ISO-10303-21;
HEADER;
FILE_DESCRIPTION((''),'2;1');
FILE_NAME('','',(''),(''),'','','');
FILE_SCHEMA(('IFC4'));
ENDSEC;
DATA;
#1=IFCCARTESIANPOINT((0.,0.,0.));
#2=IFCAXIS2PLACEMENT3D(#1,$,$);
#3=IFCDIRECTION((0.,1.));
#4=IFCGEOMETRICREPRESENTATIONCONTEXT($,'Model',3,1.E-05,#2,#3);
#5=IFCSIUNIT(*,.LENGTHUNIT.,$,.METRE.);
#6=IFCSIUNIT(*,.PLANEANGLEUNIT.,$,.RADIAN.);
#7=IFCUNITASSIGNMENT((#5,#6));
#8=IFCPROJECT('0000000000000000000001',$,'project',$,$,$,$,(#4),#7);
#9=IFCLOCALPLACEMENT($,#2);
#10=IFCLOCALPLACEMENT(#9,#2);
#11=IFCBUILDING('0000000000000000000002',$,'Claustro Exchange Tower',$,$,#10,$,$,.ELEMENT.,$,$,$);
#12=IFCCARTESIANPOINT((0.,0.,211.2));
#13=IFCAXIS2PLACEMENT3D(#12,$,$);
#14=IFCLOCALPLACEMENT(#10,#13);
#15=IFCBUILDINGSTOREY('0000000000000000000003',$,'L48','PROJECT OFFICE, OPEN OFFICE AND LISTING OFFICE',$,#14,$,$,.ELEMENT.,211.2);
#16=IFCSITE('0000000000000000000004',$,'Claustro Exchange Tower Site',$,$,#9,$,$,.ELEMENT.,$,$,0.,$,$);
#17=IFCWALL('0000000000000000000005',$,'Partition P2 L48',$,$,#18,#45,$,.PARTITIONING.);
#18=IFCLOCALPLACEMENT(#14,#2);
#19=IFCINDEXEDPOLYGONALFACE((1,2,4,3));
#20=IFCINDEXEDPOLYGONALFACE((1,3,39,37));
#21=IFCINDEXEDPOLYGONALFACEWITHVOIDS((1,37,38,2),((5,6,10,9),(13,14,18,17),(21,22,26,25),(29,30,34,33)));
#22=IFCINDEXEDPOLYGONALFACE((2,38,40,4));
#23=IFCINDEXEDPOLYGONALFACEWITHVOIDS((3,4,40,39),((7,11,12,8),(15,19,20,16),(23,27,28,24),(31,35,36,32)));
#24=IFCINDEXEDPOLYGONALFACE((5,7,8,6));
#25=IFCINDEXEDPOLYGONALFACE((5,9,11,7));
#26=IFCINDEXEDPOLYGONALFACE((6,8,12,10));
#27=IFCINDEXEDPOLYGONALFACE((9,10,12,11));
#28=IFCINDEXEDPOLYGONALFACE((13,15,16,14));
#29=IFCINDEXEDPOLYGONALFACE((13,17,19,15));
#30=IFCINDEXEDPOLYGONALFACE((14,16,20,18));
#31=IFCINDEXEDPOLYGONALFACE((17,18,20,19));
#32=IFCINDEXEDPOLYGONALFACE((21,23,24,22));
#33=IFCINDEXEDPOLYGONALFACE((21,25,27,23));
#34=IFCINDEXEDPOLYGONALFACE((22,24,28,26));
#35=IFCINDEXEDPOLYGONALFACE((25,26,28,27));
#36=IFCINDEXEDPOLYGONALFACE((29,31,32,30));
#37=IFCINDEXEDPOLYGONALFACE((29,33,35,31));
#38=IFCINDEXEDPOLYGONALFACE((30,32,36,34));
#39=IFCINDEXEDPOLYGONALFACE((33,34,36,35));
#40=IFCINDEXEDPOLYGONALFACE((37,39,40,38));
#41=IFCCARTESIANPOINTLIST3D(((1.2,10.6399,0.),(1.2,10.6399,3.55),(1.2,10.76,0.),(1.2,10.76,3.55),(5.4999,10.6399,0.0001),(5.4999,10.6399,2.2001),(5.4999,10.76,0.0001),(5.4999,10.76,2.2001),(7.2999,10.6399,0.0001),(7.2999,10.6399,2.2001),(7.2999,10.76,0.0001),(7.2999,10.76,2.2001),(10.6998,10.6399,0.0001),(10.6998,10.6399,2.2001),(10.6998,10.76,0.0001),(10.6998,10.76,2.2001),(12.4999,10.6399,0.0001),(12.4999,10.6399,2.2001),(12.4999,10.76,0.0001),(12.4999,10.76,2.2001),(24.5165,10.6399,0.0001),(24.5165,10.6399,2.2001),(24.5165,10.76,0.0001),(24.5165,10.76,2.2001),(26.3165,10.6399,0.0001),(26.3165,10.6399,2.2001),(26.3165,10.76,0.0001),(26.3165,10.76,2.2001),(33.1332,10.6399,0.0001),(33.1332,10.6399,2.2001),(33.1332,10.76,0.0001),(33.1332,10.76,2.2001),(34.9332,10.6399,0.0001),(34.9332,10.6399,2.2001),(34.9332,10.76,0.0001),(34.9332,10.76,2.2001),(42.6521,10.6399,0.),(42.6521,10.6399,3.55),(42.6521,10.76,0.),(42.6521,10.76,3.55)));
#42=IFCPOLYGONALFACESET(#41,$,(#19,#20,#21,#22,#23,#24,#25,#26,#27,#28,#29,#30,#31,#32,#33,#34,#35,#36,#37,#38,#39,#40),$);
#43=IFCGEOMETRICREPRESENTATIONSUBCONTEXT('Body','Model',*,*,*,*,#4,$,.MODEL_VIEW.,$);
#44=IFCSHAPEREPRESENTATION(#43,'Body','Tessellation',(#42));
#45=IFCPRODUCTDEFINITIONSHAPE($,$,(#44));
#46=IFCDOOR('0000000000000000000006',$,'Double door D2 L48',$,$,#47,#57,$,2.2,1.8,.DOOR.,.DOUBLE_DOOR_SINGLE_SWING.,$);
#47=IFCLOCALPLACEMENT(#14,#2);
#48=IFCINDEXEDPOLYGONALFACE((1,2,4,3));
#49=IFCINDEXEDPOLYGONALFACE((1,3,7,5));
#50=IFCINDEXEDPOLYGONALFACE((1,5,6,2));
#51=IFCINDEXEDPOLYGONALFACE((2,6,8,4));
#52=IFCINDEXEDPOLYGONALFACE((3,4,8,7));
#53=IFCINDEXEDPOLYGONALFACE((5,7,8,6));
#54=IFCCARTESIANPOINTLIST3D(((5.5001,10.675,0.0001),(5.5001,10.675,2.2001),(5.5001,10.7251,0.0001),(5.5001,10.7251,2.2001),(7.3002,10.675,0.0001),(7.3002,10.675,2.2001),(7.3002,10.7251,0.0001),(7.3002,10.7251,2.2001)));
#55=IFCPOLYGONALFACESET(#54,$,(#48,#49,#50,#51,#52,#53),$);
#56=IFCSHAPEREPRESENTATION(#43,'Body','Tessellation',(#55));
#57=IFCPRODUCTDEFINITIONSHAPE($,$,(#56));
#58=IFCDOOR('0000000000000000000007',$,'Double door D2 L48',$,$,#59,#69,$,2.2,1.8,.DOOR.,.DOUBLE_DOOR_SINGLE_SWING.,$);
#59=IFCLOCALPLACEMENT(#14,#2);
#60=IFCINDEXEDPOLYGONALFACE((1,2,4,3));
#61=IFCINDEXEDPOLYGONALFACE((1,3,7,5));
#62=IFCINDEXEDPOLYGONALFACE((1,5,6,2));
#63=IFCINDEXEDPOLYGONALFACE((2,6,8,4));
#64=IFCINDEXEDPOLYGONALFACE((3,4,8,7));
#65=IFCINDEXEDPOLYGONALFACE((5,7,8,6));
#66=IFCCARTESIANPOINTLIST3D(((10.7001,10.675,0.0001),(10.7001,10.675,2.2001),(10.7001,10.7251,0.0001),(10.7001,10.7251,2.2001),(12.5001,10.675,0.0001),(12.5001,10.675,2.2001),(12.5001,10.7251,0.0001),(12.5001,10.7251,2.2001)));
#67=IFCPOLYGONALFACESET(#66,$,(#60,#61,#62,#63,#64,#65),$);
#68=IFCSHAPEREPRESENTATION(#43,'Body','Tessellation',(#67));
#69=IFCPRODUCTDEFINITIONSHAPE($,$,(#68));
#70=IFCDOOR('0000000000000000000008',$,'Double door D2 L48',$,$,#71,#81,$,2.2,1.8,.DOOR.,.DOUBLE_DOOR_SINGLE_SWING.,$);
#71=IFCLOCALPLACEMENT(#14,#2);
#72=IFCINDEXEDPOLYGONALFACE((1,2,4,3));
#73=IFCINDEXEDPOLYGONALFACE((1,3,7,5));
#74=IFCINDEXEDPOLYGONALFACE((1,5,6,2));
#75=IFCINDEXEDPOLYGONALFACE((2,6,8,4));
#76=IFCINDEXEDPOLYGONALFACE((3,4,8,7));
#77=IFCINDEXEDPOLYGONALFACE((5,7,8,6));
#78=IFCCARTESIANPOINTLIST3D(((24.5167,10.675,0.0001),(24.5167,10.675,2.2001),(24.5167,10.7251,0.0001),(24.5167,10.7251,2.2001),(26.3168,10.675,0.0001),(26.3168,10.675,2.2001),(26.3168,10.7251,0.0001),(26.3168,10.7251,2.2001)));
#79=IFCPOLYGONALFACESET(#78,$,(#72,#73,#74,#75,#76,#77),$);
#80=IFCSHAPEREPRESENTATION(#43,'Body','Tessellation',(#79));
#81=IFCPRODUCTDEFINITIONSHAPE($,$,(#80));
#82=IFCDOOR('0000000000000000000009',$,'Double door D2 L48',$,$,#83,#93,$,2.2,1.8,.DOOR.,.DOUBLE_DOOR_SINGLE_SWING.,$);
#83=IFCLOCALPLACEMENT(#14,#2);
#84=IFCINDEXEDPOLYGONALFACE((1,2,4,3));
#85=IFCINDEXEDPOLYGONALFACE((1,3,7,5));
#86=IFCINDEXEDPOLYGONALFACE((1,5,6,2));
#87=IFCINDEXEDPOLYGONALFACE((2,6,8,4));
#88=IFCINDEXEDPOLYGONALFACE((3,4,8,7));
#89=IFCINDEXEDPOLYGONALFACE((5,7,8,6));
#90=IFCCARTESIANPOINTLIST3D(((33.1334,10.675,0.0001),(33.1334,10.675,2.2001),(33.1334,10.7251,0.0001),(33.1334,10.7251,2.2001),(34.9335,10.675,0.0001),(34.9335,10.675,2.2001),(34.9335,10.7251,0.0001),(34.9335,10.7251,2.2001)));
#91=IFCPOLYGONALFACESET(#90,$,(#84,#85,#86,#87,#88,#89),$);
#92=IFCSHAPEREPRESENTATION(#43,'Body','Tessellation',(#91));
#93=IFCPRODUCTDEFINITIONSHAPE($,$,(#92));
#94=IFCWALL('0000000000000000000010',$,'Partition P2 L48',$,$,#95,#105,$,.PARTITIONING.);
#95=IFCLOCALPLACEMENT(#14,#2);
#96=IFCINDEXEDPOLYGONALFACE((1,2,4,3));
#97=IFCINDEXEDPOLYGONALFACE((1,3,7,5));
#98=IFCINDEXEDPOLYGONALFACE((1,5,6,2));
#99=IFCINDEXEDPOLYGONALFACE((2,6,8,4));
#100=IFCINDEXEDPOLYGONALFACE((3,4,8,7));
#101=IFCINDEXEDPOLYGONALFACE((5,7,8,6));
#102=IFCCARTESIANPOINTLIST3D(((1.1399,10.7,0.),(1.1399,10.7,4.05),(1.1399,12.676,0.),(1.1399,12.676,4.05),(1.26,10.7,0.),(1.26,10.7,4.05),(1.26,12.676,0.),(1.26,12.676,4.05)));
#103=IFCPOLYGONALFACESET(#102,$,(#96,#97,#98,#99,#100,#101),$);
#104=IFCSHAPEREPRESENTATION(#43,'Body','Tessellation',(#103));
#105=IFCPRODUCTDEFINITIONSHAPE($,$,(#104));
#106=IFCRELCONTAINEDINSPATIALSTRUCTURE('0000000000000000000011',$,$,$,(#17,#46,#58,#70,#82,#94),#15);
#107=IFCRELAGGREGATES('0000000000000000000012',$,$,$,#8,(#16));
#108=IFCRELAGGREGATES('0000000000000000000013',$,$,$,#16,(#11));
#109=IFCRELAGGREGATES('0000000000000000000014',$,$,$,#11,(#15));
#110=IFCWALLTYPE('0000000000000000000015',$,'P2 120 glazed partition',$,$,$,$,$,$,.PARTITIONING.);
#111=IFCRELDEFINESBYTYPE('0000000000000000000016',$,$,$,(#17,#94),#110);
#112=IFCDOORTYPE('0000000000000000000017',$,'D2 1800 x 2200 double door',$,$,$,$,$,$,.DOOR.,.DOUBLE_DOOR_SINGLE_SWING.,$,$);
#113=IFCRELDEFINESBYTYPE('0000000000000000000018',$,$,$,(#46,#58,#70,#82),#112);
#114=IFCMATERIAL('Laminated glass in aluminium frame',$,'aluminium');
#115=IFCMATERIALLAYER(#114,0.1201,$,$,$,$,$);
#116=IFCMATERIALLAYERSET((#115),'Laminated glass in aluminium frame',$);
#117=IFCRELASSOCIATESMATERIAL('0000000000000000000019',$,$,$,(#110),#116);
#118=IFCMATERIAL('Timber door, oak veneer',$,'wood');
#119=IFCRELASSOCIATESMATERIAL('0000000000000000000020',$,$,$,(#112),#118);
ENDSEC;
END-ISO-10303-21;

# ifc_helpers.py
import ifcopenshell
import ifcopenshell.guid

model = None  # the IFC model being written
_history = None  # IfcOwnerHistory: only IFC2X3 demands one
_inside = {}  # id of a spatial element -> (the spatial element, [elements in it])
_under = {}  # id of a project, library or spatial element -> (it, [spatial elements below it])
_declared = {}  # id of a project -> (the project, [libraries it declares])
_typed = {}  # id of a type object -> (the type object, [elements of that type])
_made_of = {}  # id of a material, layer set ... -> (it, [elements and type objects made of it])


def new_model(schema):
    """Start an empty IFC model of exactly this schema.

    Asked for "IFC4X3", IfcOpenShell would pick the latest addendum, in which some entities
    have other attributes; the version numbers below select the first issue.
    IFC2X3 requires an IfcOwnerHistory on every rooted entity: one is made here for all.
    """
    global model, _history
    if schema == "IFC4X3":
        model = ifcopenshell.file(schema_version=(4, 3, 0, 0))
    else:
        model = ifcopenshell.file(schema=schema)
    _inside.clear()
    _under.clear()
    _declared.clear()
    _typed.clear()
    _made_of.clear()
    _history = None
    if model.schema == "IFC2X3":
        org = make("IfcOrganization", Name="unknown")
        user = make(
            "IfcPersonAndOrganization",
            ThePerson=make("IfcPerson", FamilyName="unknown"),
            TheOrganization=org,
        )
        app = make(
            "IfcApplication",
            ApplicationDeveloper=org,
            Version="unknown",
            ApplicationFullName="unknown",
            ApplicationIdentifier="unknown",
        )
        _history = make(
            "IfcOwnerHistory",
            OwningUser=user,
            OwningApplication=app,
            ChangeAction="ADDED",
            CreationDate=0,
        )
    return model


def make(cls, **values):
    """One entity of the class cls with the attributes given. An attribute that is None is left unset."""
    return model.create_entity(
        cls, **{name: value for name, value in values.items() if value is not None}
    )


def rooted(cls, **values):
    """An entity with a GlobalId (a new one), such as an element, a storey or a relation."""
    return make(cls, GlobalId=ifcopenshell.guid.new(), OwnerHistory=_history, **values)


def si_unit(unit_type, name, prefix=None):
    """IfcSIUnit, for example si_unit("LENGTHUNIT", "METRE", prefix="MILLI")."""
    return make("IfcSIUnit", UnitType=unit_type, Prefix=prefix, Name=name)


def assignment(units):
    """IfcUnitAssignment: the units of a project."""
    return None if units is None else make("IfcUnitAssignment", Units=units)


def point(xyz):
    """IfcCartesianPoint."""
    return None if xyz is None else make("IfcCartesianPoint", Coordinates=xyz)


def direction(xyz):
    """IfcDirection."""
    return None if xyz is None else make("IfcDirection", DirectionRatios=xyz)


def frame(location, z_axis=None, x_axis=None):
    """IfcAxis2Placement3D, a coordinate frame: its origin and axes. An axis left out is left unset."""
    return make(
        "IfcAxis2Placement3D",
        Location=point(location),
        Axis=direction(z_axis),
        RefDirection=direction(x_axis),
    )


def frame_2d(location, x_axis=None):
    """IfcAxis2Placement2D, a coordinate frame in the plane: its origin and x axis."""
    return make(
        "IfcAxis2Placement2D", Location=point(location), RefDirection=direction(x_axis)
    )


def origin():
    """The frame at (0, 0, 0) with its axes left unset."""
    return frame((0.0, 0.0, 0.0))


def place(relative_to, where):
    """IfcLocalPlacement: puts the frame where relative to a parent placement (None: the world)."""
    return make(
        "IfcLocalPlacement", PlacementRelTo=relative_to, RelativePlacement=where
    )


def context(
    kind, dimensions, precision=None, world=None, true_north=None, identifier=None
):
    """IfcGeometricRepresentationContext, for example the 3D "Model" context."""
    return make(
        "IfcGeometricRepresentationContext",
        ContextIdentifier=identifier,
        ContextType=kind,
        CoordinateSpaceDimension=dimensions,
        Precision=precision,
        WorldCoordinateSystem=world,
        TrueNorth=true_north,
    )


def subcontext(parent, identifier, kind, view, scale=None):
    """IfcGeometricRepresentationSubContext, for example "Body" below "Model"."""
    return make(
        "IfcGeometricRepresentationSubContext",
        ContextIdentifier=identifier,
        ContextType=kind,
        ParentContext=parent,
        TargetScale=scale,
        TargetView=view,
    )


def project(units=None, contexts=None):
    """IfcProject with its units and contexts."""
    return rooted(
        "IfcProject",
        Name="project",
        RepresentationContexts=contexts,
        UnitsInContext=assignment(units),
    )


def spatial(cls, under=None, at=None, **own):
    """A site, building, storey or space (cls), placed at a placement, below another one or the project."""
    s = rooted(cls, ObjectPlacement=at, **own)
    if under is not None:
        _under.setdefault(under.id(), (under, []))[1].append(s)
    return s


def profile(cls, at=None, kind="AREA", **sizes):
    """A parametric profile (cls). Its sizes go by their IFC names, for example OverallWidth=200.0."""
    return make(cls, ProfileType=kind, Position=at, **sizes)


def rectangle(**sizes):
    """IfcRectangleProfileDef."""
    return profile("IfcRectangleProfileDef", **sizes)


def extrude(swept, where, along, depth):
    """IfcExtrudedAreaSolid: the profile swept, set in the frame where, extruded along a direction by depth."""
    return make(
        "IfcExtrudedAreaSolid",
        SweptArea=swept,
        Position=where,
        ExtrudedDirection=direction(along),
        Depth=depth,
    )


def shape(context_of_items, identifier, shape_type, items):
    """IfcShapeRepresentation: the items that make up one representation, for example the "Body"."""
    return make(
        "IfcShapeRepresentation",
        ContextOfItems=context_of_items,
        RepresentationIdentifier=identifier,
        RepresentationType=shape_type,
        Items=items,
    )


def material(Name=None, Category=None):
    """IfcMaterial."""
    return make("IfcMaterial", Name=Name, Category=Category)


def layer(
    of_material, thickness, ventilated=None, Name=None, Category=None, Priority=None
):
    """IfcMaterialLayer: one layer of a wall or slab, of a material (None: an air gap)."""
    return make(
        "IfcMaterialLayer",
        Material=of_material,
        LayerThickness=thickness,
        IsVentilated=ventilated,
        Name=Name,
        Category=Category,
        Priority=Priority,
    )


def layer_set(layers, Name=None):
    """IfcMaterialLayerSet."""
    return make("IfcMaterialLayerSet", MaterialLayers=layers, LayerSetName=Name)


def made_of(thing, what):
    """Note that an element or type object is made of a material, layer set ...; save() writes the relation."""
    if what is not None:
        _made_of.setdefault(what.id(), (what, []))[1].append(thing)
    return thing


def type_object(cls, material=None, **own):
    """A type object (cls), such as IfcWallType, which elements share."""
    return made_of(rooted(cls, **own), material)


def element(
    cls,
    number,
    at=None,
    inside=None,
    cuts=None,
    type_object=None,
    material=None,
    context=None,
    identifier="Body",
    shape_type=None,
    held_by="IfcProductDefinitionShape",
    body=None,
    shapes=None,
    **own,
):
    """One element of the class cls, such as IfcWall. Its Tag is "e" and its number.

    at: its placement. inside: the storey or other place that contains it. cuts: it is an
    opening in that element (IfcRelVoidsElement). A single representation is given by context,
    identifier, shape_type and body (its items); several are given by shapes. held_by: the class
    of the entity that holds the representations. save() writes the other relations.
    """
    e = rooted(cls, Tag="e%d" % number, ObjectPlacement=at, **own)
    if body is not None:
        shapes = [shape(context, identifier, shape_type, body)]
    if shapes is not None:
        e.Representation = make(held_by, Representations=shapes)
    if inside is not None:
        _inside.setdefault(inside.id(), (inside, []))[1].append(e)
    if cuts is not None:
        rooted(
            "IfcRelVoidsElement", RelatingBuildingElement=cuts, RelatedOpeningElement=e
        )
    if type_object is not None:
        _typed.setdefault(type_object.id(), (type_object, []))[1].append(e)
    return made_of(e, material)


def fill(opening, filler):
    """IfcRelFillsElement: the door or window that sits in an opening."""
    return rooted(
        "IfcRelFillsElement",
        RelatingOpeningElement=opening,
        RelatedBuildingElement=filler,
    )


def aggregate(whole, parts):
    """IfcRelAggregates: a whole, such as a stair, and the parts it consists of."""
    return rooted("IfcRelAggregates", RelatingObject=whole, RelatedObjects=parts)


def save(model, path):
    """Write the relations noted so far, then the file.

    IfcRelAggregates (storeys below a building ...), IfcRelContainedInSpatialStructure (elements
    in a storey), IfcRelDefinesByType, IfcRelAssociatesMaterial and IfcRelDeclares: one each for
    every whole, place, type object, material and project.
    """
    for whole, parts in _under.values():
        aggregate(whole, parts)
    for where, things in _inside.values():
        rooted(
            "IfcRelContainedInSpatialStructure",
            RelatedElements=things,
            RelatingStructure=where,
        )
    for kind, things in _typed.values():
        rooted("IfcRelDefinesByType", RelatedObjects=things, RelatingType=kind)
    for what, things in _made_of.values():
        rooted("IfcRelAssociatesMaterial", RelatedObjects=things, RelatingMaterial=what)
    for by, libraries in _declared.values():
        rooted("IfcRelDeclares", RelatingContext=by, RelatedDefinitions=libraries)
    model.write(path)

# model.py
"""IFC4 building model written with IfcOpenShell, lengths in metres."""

from ifc_helpers import new_model, si_unit, direction, frame, frame_2d, origin, place, context, subcontext, project, spatial, rectangle, extrude, material, layer, layer_set, type_object, element, fill, save


model = new_model("IFC4")

# Units and contexts
model_context = context("Model", 3, precision=1e-05, world=origin(), true_north=direction((0.0, 1.0)))
body_context = subcontext(model_context, "Body", "Model", "MODEL_VIEW")
ifc_project = project(units=[si_unit("LENGTHUNIT", "METRE"), si_unit("PLANEANGLEUNIT", "RADIAN")], contexts=[model_context])

# Site, building, storey
site_placement = place(None, origin())
site = spatial("IfcSite", under=ifc_project, at=site_placement, Name="Claustro Exchange Tower Site", CompositionType="ELEMENT", RefElevation=0.0)
building_placement = place(site_placement, origin())
building = spatial("IfcBuilding", under=site, at=building_placement, Name="Claustro Exchange Tower", CompositionType="ELEMENT")
storey_placement = place(building_placement, frame((0.0, 0.0, 211.2)))
storey = spatial("IfcBuildingStorey", under=building, at=storey_placement, Name="L48", Description="PROJECT OFFICE, OPEN OFFICE AND LISTING OFFICE", CompositionType="ELEMENT", Elevation=211.2)

# Wall, openings, doors
ifc_material_1 = material(Name="Laminated glass in aluminium frame", Category="aluminium")
ifc_layer_1 = layer(ifc_material_1, 0.1201)
ifc_layer_set_1 = layer_set([ifc_layer_1], Name="Laminated glass in aluminium frame")
wall_type_1 = type_object("IfcWallType", Name="P2 120 glazed partition", PredefinedType="PARTITIONING", material=ifc_layer_set_1)
wall_1_placement = place(storey_placement, frame((1.2, 10.7, 0.0), z_axis=(0.0, 0.0, 1.0), x_axis=(1.0, 0.0, 0.0)))
wall_1 = element("IfcWall", 1, at=wall_1_placement, inside=storey, type_object=wall_type_1, Name="Partition P2 L48", PredefinedType="PARTITIONING", context=body_context, shape_type="SweptSolid", body=[
    extrude(rectangle(XDim=41.4521, YDim=0.1201, at=frame_2d((20.7261, 0.0))), origin(), (0.0, 0.0, 1.0), 3.55),
])
opening_1_placement = place(wall_1_placement, frame((4.3, 0.0, 0.0)))
opening_1 = element("IfcOpeningElement", 2, at=opening_1_placement, cuts=wall_1, PredefinedType="OPENING", context=body_context, shape_type="SweptSolid", body=[
    extrude(rectangle(XDim=1.8, YDim=2.2, at=frame_2d((0.8999, 1.1001))), frame((0.0, 0.0701, 0.0), z_axis=(0.0, -1.0, 0.0), x_axis=(1.0, 0.0, 0.0)), (0.0, 0.0, 1.0), 0.1401),
])
opening_2_placement = place(wall_1_placement, frame((9.5, 0.0, 0.0)))
opening_2 = element("IfcOpeningElement", 3, at=opening_2_placement, cuts=wall_1, PredefinedType="OPENING", context=body_context, shape_type="SweptSolid", body=[
    extrude(rectangle(XDim=1.8, YDim=2.2, at=frame_2d((0.8999, 1.1001))), frame((0.0, 0.0701, 0.0), z_axis=(0.0, -1.0, 0.0), x_axis=(1.0, 0.0, 0.0)), (0.0, 0.0, 1.0), 0.1401),
])
opening_3_placement = place(wall_1_placement, frame((23.3167, 0.0, 0.0)))
opening_3 = element("IfcOpeningElement", 4, at=opening_3_placement, cuts=wall_1, PredefinedType="OPENING", context=body_context, shape_type="SweptSolid", body=[
    extrude(rectangle(XDim=1.8, YDim=2.2, at=frame_2d((0.8999, 1.1001))), frame((0.0, 0.0701, 0.0), z_axis=(0.0, -1.0, 0.0), x_axis=(1.0, 0.0, 0.0)), (0.0, 0.0, 1.0), 0.1401),
])
opening_4_placement = place(wall_1_placement, frame((31.9333, 0.0, 0.0)))
opening_4 = element("IfcOpeningElement", 5, at=opening_4_placement, cuts=wall_1, PredefinedType="OPENING", context=body_context, shape_type="SweptSolid", body=[
    extrude(rectangle(XDim=1.8, YDim=2.2, at=frame_2d((0.8999, 1.1001))), frame((0.0, 0.0701, 0.0), z_axis=(0.0, -1.0, 0.0), x_axis=(1.0, 0.0, 0.0)), (0.0, 0.0, 1.0), 0.1401),
])
ifc_material_2 = material(Name="Timber door, oak veneer", Category="wood")
door_type_1 = type_object("IfcDoorType", Name="D2 1800 x 2200 double door", OperationType="DOUBLE_DOOR_SINGLE_SWING", PredefinedType="DOOR", material=ifc_material_2)
door_1_placement = place(opening_1_placement, frame((1.8, 0.0, 0.0), z_axis=(0.0, 0.0, 1.0), x_axis=(-1.0, 0.0, 0.0)))
door_1 = element("IfcDoor", 6, at=door_1_placement, inside=storey, type_object=door_type_1, Name="Double door D2 L48", OperationType="DOUBLE_DOOR_SINGLE_SWING", OverallHeight=2.2, OverallWidth=1.8, PredefinedType="DOOR", context=body_context, shape_type="SweptSolid", body=[
    extrude(rectangle(XDim=1.8, YDim=2.2, at=frame_2d((0.8999, 1.1001))), frame((0.0, 0.0249, 0.0), z_axis=(0.0, -1.0, 0.0), x_axis=(1.0, 0.0, 0.0)), (0.0, 0.0, 1.0), 0.05),
])
fill(opening_1, door_1)
door_2_placement = place(opening_2_placement, frame((1.8, 0.0, 0.0), z_axis=(0.0, 0.0, 1.0), x_axis=(-1.0, 0.0, 0.0)))
door_2 = element("IfcDoor", 7, at=door_2_placement, inside=storey, type_object=door_type_1, Name="Double door D2 L48", OperationType="DOUBLE_DOOR_SINGLE_SWING", OverallHeight=2.2, OverallWidth=1.8, PredefinedType="DOOR", context=body_context, shape_type="SweptSolid", body=[
    extrude(rectangle(XDim=1.8, YDim=2.2, at=frame_2d((0.8999, 1.1001))), frame((0.0, 0.0249, 0.0), z_axis=(0.0, -1.0, 0.0), x_axis=(1.0, 0.0, 0.0)), (0.0, 0.0, 1.0), 0.05),
])
fill(opening_2, door_2)
door_3_placement = place(opening_3_placement, frame((1.8, 0.0, 0.0), z_axis=(0.0, 0.0, 1.0), x_axis=(-1.0, 0.0, 0.0)))
door_3 = element("IfcDoor", 8, at=door_3_placement, inside=storey, type_object=door_type_1, Name="Double door D2 L48", OperationType="DOUBLE_DOOR_SINGLE_SWING", OverallHeight=2.2, OverallWidth=1.8, PredefinedType="DOOR", context=body_context, shape_type="SweptSolid", body=[
    extrude(rectangle(XDim=1.8, YDim=2.2, at=frame_2d((0.8999, 1.1001))), frame((0.0, 0.0249, 0.0), z_axis=(0.0, -1.0, 0.0), x_axis=(1.0, 0.0, 0.0)), (0.0, 0.0, 1.0), 0.05),
])
fill(opening_3, door_3)
door_4_placement = place(opening_4_placement, frame((1.8, 0.0, 0.0), z_axis=(0.0, 0.0, 1.0), x_axis=(-1.0, 0.0, 0.0)))
door_4 = element("IfcDoor", 9, at=door_4_placement, inside=storey, type_object=door_type_1, Name="Double door D2 L48", OperationType="DOUBLE_DOOR_SINGLE_SWING", OverallHeight=2.2, OverallWidth=1.8, PredefinedType="DOOR", context=body_context, shape_type="SweptSolid", body=[
    extrude(rectangle(XDim=1.8, YDim=2.2, at=frame_2d((0.8999, 1.1001))), frame((0.0, 0.0249, 0.0), z_axis=(0.0, -1.0, 0.0), x_axis=(1.0, 0.0, 0.0)), (0.0, 0.0, 1.0), 0.05),
])
fill(opening_4, door_4)

# Wall
wall_2_placement = place(storey_placement, frame((1.2, 10.7, 0.0), z_axis=(0.0, 0.0, 1.0), x_axis=(0.0, 1.0, 0.0)))
element("IfcWall", 10, at=wall_2_placement, inside=storey, type_object=wall_type_1, Name="Partition P2 L48", PredefinedType="PARTITIONING", context=body_context, shape_type="SweptSolid", body=[
    extrude(rectangle(XDim=1.9761, YDim=0.1201, at=frame_2d((0.988, 0.0))), origin(), (0.0, 0.0, 1.0), 4.05),
])

save(model, "model.ifc")
